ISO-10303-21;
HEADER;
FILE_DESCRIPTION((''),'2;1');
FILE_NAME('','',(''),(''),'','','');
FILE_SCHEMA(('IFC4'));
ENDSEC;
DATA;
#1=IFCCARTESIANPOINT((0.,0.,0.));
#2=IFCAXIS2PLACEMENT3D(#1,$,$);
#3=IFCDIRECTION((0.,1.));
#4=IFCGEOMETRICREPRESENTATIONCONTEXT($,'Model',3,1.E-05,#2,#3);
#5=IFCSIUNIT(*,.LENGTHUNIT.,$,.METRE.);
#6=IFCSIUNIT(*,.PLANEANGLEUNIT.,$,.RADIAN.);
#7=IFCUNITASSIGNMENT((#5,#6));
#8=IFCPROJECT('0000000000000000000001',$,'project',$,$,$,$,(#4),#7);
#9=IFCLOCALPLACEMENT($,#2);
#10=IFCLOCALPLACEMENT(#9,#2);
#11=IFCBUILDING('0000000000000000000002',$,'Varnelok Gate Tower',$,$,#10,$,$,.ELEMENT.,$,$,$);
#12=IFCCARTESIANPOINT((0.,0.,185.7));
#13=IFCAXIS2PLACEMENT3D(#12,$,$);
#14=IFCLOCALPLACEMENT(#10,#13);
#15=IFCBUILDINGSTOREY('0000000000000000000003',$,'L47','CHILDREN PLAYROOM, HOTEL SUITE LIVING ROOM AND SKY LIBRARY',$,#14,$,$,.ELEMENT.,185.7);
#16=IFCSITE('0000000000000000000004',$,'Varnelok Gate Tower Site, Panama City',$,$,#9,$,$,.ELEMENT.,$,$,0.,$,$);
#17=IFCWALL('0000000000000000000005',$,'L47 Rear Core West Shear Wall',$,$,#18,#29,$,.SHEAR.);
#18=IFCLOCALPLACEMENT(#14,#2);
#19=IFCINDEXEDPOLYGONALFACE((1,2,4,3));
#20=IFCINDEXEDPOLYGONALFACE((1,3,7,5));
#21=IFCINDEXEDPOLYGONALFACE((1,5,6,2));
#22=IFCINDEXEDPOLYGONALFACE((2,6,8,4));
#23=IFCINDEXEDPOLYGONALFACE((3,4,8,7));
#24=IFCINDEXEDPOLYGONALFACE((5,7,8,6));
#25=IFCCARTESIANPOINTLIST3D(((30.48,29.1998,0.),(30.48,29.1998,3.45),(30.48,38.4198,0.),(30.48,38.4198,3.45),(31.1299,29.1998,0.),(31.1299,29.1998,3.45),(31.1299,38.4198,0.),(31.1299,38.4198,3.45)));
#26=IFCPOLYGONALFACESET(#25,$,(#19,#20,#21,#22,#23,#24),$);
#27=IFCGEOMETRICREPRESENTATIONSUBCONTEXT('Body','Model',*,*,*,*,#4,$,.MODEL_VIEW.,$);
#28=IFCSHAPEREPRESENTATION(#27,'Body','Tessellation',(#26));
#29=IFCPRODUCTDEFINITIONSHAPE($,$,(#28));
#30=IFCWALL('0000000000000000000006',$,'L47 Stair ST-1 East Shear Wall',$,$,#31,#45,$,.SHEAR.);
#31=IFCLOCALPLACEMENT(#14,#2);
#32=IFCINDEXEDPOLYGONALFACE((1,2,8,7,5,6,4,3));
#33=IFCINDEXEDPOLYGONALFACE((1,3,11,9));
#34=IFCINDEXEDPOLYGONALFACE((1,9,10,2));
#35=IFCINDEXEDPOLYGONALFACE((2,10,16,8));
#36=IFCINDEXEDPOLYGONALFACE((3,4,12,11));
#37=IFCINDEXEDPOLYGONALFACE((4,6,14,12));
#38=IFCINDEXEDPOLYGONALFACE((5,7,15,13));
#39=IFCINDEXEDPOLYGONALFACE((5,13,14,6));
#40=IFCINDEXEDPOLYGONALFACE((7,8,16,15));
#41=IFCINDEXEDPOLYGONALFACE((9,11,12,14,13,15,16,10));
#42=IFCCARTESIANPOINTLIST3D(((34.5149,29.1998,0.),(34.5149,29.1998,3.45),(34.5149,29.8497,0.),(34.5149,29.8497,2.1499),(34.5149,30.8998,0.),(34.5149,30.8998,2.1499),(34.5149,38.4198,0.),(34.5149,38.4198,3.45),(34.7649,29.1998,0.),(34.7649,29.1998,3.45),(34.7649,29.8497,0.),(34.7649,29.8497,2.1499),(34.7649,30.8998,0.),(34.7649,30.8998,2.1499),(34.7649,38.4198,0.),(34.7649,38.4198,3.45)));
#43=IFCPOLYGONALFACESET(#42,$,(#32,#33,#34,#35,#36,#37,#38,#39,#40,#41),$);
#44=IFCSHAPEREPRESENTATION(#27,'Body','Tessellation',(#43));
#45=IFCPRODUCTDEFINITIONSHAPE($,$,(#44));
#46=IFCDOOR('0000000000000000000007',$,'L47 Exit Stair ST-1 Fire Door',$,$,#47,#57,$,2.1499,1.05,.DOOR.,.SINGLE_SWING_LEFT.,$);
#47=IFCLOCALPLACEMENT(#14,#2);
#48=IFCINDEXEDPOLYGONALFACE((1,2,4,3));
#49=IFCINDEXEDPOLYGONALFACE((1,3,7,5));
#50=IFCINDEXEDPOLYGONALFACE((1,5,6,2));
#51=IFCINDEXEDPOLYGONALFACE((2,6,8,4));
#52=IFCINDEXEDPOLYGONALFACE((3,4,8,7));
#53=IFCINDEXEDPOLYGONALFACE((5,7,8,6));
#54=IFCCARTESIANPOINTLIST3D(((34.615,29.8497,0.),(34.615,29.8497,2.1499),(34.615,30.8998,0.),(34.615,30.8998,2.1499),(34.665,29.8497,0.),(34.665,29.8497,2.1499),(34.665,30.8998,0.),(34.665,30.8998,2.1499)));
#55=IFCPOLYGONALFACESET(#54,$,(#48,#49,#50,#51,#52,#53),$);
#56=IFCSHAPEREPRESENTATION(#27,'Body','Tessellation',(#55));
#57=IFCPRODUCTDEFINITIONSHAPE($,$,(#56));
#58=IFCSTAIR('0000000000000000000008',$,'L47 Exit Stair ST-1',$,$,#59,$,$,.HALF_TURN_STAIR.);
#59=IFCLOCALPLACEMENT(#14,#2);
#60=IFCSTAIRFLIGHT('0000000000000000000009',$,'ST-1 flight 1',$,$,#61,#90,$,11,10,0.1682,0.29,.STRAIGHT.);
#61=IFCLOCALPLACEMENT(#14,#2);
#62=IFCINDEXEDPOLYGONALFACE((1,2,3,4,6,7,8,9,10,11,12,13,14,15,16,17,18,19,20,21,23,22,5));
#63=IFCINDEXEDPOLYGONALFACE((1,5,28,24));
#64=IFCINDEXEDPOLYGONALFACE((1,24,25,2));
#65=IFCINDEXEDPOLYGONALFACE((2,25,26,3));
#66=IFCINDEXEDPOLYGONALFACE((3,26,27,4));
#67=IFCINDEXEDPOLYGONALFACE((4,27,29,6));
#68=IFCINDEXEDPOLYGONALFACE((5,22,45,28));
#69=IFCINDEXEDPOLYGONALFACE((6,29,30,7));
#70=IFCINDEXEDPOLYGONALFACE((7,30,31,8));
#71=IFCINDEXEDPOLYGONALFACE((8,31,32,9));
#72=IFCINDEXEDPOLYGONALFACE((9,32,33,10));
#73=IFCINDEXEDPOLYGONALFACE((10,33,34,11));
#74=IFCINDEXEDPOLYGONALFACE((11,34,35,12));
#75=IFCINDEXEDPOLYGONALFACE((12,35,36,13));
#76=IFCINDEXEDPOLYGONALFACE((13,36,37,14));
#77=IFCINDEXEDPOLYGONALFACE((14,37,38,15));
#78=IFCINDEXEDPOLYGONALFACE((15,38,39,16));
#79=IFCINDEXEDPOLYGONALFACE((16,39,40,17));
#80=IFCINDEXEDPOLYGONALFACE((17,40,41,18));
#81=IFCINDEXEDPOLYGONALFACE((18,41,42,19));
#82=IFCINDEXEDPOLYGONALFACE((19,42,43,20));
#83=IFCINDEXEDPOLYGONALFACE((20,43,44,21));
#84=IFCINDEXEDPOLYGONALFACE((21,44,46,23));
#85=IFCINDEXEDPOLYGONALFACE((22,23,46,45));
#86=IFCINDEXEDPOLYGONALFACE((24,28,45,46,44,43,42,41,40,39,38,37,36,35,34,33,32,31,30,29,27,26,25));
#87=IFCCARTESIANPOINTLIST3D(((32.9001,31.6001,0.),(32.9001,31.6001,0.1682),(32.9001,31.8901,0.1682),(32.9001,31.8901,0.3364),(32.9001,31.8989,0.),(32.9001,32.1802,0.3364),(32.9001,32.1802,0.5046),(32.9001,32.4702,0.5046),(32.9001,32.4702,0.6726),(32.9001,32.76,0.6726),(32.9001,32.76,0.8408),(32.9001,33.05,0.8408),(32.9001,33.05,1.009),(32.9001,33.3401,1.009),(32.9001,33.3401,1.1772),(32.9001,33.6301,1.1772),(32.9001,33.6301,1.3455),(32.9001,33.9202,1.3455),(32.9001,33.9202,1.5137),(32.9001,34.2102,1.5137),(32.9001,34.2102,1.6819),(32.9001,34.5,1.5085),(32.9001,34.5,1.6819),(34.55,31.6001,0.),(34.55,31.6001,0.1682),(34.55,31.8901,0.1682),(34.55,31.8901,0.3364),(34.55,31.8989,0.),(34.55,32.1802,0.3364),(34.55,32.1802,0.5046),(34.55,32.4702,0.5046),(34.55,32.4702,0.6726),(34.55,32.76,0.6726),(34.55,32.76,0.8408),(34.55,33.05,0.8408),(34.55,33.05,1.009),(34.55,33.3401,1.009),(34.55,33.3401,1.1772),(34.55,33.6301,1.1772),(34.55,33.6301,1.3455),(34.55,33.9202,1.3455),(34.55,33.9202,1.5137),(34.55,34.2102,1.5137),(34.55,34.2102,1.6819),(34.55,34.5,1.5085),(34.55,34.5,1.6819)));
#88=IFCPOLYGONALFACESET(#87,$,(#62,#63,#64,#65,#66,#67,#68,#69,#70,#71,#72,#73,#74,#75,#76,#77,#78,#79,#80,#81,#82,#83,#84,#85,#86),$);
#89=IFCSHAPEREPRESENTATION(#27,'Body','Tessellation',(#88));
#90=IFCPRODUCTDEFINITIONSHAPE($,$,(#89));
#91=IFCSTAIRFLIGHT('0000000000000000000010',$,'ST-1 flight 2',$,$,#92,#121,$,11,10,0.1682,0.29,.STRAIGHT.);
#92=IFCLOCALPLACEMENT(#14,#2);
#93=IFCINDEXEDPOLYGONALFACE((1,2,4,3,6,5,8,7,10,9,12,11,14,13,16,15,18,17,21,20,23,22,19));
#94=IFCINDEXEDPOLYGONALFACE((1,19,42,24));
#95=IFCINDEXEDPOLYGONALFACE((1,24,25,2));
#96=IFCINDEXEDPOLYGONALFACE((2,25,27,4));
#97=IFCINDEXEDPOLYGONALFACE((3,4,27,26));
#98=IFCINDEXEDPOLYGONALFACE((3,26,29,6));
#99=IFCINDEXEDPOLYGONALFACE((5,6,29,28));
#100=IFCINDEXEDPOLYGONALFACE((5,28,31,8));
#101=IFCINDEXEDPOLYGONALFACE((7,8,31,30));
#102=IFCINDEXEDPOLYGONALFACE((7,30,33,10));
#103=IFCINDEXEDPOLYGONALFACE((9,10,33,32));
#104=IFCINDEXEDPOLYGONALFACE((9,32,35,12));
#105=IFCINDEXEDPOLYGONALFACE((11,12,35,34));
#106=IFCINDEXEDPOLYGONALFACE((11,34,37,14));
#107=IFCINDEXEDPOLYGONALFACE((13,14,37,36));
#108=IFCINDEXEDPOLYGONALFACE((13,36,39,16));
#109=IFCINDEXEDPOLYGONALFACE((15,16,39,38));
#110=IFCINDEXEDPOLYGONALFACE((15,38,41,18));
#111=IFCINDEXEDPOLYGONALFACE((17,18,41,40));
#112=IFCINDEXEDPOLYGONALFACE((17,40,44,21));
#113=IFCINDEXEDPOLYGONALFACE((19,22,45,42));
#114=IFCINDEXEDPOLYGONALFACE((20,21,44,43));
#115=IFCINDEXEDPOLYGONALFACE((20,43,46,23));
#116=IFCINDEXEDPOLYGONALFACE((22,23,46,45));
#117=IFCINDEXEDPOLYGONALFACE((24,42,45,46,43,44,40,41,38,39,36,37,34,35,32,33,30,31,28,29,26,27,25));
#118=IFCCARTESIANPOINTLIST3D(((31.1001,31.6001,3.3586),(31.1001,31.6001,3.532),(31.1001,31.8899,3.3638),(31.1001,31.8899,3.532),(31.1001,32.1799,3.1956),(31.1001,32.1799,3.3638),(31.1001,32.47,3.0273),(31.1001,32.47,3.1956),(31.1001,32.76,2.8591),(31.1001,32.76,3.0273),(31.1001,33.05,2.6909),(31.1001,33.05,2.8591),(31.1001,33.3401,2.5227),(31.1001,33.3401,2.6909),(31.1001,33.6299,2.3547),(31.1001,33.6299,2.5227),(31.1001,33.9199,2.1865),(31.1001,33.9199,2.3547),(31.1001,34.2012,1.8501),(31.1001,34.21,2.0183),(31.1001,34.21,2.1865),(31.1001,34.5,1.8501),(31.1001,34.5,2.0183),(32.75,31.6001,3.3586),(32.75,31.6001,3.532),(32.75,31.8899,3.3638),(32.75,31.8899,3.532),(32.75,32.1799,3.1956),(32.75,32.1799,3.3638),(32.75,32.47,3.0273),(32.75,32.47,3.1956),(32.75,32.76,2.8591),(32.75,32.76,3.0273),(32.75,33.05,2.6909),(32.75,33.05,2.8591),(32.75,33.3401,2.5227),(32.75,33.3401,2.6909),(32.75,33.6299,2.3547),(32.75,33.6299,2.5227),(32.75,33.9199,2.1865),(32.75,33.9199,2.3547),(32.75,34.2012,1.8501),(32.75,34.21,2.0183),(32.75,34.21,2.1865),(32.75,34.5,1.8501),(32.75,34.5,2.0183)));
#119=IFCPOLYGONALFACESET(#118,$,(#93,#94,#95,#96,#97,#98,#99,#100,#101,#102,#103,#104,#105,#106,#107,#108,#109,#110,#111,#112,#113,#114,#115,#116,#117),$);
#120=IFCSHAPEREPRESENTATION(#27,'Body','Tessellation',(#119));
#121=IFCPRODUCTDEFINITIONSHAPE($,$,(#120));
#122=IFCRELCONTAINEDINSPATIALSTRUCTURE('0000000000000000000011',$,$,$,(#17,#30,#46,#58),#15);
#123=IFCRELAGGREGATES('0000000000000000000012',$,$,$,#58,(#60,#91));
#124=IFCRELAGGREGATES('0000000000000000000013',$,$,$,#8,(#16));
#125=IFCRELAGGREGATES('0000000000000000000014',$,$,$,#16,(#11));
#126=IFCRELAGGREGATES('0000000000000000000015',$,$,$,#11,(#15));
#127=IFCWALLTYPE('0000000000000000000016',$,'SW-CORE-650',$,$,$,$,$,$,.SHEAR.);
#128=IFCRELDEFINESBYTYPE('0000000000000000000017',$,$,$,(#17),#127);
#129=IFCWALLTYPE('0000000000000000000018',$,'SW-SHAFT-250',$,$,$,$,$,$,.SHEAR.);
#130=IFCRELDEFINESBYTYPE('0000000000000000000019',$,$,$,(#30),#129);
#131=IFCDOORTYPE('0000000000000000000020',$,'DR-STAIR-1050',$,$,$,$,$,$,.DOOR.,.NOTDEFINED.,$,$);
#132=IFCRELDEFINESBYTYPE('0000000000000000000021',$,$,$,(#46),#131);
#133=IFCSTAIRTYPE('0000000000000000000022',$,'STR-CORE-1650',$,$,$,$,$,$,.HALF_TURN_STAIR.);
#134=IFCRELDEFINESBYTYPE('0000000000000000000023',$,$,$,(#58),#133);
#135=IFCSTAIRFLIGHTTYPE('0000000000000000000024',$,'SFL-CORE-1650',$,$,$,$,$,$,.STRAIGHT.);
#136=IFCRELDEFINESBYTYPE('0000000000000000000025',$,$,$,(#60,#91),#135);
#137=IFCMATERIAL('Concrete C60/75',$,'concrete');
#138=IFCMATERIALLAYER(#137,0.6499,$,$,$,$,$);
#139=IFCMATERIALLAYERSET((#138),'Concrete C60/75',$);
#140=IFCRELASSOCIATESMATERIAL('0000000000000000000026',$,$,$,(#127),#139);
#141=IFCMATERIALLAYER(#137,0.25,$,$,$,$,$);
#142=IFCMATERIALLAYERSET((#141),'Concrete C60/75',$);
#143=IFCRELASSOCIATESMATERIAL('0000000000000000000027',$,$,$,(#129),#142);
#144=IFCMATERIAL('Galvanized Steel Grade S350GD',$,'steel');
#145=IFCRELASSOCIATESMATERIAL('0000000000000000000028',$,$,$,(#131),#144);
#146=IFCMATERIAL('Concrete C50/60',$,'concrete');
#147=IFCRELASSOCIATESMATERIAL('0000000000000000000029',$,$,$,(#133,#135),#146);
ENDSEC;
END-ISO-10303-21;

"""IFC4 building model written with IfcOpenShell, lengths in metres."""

from ifc_helpers import new_model, si_unit, direction, frame, frame_2d, origin, place, context, subcontext, project, spatial, polyline, rectangle, outline, extrude, material, layer, layer_set, type_object, element, fill, aggregate, save


model = new_model("IFC4")

# Units and contexts
model_context = context("Model", 3, precision=1e-05, world=origin(), true_north=direction((0.0, 1.0)))
body_context = subcontext(model_context, "Body", "Model", "MODEL_VIEW")
ifc_project = project(units=[si_unit("LENGTHUNIT", "METRE"), si_unit("PLANEANGLEUNIT", "RADIAN")], contexts=[model_context])

# Site, building, storey
site_placement = place(None, origin())
site = spatial("IfcSite", under=ifc_project, at=site_placement, Name="Varnelok Gate Tower Site, Panama City", CompositionType="ELEMENT", RefElevation=0.0)
building_placement = place(site_placement, origin())
building = spatial("IfcBuilding", under=site, at=building_placement, Name="Varnelok Gate Tower", CompositionType="ELEMENT")
storey_placement = place(building_placement, frame((0.0, 0.0, 185.7)))
storey = spatial("IfcBuildingStorey", under=building, at=storey_placement, Name="L47", Description="CHILDREN PLAYROOM, HOTEL SUITE LIVING ROOM AND SKY LIBRARY", CompositionType="ELEMENT", Elevation=185.7)

# Shared definitions
ifc_material_1 = material(Name="Concrete C60/75", Category="concrete")

# Shared definitions
ifc_material_2 = material(Name="Galvanized Steel Grade S350GD", Category="steel")

# Wall
ifc_layer_1 = layer(ifc_material_1, 0.6499)
ifc_layer_set_1 = layer_set([ifc_layer_1], Name="Concrete C60/75")
wall_type_1 = type_object("IfcWallType", Name="SW-CORE-650", PredefinedType="SHEAR", material=ifc_layer_set_1)
wall_1_placement = place(storey_placement, frame((30.8049, 29.2, 0.0), z_axis=(0.0, 0.0, 1.0), x_axis=(0.0, 1.0, 0.0)))
element("IfcWall", 1, at=wall_1_placement, inside=storey, type_object=wall_type_1, Name="L47 Rear Core West Shear Wall", PredefinedType="SHEAR", context=body_context, shape_type="SweptSolid", body=[
    extrude(rectangle(XDim=9.22, YDim=0.6499, at=frame_2d((4.6099, 0.0))), origin(), (0.0, 0.0, 1.0), 3.45),
])

# Wall, opening, door
ifc_layer_2 = layer(ifc_material_1, 0.25)
ifc_layer_set_2 = layer_set([ifc_layer_2], Name="Concrete C60/75")
wall_type_2 = type_object("IfcWallType", Name="SW-SHAFT-250", PredefinedType="SHEAR", material=ifc_layer_set_2)
wall_2_placement = place(storey_placement, frame((34.6399, 29.2, 0.0), z_axis=(0.0, 0.0, 1.0), x_axis=(0.0, 1.0, 0.0)))
wall_2 = element("IfcWall", 2, at=wall_2_placement, inside=storey, type_object=wall_type_2, Name="L47 Stair ST-1 East Shear Wall", PredefinedType="SHEAR", context=body_context, shape_type="SweptSolid", body=[
    extrude(rectangle(XDim=9.22, YDim=0.25, at=frame_2d((4.6099, 0.0))), origin(), (0.0, 0.0, 1.0), 3.45),
])
opening_1_placement = place(wall_2_placement, frame((0.6499, 0.0, 0.0)))
opening_1 = element("IfcOpeningElement", 3, at=opening_1_placement, cuts=wall_2, PredefinedType="OPENING", context=body_context, shape_type="SweptSolid", body=[
    extrude(rectangle(XDim=1.05, YDim=2.1499, at=frame_2d((0.5249, 1.075))), frame((0.0, 0.135, 0.0), z_axis=(0.0, -1.0, 0.0), x_axis=(1.0, 0.0, 0.0)), (0.0, 0.0, 1.0), 0.27),
])
door_type_1 = type_object("IfcDoorType", Name="DR-STAIR-1050", OperationType="NOTDEFINED", PredefinedType="DOOR", material=ifc_material_2)
door_1_placement = place(opening_1_placement, origin())
door_1 = element("IfcDoor", 4, at=door_1_placement, inside=storey, type_object=door_type_1, Name="L47 Exit Stair ST-1 Fire Door", OperationType="SINGLE_SWING_LEFT", OverallHeight=2.1499, OverallWidth=1.05, PredefinedType="DOOR", context=body_context, shape_type="SweptSolid", body=[
    extrude(rectangle(XDim=1.05, YDim=2.1499, at=frame_2d((0.5249, 1.075))), frame((0.0, 0.0249, 0.0), z_axis=(0.0, -1.0, 0.0), x_axis=(1.0, 0.0, 0.0)), (0.0, 0.0, 1.0), 0.05),
])
fill(opening_1, door_1)

# Stair, stair flights
ifc_material_3 = material(Name="Concrete C50/60", Category="concrete")
stair_type = type_object("IfcStairType", Name="STR-CORE-1650", PredefinedType="HALF_TURN_STAIR", material=ifc_material_3)
stair_placement = place(storey_placement, origin())
stair = element("IfcStair", 5, at=stair_placement, inside=storey, type_object=stair_type, Name="L47 Exit Stair ST-1", PredefinedType="HALF_TURN_STAIR")
stair_flight_type = type_object("IfcStairFlightType", Name="SFL-CORE-1650", PredefinedType="STRAIGHT", material=ifc_material_3)
stair_flight_1_placement = place(storey_placement, frame((33.7251, 31.6001, 0.0), z_axis=(0.0, 0.0, 1.0), x_axis=(0.0, 1.0, 0.0)))
stair_flight_1 = element("IfcStairFlight", 6, at=stair_flight_1_placement, type_object=stair_flight_type, Name="ST-1 flight 1", NumberOfRisers=11, NumberOfTreads=10, PredefinedType="STRAIGHT", RiserHeight=0.1682, TreadLength=0.29, context=body_context, shape_type="SweptSolid", body=[
    extrude(outline(polyline([(0.0, 0.0), (0.0, 0.1682), (0.29, 0.1682), (0.29, 0.3364), (0.5801, 0.3364), (0.5801, 0.5046), (0.8701, 0.5046), (0.8701, 0.6726), (1.1599, 0.6726), (1.1599, 0.8408), (1.45, 0.8408), (1.45, 1.009), (1.74, 1.009), (1.74, 1.1772), (2.03, 1.1772), (2.03, 1.3455), (2.3201, 1.3455), (2.3201, 1.5137), (2.6101, 1.5137), (2.6101, 1.6819), (2.8999, 1.6819), (2.8999, 1.8501), (2.8999, 1.5085), (0.2988, 0.0), (0.0, 0.0)])), frame((0.0, 0.825, 0.0), z_axis=(0.0, -1.0, 0.0), x_axis=(1.0, 0.0, 0.0)), (0.0, 0.0, 1.0), 1.6499),
])
stair_flight_2_placement = place(storey_placement, frame((31.925, 34.5, 1.8501), z_axis=(0.0, 0.0, 1.0), x_axis=(0.0, -1.0, 0.0)))
stair_flight_2 = element("IfcStairFlight", 7, at=stair_flight_2_placement, type_object=stair_flight_type, Name="ST-1 flight 2", NumberOfRisers=11, NumberOfTreads=10, PredefinedType="STRAIGHT", RiserHeight=0.1682, TreadLength=0.29, context=body_context, shape_type="SweptSolid", body=[
    extrude(outline(polyline([(0.0, 0.0), (0.0, 0.1682), (0.29, 0.1682), (0.29, 0.3364), (0.5801, 0.3364), (0.5801, 0.5046), (0.8701, 0.5046), (0.8701, 0.6726), (1.1599, 0.6726), (1.1599, 0.8408), (1.45, 0.8408), (1.45, 1.009), (1.74, 1.009), (1.74, 1.1772), (2.03, 1.1772), (2.03, 1.3455), (2.3201, 1.3455), (2.3201, 1.5137), (2.6101, 1.5137), (2.6101, 1.6819), (2.8999, 1.6819), (2.8999, 1.8501), (2.8999, 1.5085), (0.2988, 0.0), (0.0, 0.0)])), frame((0.0, 0.825, 0.0), z_axis=(0.0, -1.0, 0.0), x_axis=(1.0, 0.0, 0.0)), (0.0, 0.0, 1.0), 1.6499),
])
aggregate(stair, [stair_flight_1, stair_flight_2])

save(model, "model.ifc")
